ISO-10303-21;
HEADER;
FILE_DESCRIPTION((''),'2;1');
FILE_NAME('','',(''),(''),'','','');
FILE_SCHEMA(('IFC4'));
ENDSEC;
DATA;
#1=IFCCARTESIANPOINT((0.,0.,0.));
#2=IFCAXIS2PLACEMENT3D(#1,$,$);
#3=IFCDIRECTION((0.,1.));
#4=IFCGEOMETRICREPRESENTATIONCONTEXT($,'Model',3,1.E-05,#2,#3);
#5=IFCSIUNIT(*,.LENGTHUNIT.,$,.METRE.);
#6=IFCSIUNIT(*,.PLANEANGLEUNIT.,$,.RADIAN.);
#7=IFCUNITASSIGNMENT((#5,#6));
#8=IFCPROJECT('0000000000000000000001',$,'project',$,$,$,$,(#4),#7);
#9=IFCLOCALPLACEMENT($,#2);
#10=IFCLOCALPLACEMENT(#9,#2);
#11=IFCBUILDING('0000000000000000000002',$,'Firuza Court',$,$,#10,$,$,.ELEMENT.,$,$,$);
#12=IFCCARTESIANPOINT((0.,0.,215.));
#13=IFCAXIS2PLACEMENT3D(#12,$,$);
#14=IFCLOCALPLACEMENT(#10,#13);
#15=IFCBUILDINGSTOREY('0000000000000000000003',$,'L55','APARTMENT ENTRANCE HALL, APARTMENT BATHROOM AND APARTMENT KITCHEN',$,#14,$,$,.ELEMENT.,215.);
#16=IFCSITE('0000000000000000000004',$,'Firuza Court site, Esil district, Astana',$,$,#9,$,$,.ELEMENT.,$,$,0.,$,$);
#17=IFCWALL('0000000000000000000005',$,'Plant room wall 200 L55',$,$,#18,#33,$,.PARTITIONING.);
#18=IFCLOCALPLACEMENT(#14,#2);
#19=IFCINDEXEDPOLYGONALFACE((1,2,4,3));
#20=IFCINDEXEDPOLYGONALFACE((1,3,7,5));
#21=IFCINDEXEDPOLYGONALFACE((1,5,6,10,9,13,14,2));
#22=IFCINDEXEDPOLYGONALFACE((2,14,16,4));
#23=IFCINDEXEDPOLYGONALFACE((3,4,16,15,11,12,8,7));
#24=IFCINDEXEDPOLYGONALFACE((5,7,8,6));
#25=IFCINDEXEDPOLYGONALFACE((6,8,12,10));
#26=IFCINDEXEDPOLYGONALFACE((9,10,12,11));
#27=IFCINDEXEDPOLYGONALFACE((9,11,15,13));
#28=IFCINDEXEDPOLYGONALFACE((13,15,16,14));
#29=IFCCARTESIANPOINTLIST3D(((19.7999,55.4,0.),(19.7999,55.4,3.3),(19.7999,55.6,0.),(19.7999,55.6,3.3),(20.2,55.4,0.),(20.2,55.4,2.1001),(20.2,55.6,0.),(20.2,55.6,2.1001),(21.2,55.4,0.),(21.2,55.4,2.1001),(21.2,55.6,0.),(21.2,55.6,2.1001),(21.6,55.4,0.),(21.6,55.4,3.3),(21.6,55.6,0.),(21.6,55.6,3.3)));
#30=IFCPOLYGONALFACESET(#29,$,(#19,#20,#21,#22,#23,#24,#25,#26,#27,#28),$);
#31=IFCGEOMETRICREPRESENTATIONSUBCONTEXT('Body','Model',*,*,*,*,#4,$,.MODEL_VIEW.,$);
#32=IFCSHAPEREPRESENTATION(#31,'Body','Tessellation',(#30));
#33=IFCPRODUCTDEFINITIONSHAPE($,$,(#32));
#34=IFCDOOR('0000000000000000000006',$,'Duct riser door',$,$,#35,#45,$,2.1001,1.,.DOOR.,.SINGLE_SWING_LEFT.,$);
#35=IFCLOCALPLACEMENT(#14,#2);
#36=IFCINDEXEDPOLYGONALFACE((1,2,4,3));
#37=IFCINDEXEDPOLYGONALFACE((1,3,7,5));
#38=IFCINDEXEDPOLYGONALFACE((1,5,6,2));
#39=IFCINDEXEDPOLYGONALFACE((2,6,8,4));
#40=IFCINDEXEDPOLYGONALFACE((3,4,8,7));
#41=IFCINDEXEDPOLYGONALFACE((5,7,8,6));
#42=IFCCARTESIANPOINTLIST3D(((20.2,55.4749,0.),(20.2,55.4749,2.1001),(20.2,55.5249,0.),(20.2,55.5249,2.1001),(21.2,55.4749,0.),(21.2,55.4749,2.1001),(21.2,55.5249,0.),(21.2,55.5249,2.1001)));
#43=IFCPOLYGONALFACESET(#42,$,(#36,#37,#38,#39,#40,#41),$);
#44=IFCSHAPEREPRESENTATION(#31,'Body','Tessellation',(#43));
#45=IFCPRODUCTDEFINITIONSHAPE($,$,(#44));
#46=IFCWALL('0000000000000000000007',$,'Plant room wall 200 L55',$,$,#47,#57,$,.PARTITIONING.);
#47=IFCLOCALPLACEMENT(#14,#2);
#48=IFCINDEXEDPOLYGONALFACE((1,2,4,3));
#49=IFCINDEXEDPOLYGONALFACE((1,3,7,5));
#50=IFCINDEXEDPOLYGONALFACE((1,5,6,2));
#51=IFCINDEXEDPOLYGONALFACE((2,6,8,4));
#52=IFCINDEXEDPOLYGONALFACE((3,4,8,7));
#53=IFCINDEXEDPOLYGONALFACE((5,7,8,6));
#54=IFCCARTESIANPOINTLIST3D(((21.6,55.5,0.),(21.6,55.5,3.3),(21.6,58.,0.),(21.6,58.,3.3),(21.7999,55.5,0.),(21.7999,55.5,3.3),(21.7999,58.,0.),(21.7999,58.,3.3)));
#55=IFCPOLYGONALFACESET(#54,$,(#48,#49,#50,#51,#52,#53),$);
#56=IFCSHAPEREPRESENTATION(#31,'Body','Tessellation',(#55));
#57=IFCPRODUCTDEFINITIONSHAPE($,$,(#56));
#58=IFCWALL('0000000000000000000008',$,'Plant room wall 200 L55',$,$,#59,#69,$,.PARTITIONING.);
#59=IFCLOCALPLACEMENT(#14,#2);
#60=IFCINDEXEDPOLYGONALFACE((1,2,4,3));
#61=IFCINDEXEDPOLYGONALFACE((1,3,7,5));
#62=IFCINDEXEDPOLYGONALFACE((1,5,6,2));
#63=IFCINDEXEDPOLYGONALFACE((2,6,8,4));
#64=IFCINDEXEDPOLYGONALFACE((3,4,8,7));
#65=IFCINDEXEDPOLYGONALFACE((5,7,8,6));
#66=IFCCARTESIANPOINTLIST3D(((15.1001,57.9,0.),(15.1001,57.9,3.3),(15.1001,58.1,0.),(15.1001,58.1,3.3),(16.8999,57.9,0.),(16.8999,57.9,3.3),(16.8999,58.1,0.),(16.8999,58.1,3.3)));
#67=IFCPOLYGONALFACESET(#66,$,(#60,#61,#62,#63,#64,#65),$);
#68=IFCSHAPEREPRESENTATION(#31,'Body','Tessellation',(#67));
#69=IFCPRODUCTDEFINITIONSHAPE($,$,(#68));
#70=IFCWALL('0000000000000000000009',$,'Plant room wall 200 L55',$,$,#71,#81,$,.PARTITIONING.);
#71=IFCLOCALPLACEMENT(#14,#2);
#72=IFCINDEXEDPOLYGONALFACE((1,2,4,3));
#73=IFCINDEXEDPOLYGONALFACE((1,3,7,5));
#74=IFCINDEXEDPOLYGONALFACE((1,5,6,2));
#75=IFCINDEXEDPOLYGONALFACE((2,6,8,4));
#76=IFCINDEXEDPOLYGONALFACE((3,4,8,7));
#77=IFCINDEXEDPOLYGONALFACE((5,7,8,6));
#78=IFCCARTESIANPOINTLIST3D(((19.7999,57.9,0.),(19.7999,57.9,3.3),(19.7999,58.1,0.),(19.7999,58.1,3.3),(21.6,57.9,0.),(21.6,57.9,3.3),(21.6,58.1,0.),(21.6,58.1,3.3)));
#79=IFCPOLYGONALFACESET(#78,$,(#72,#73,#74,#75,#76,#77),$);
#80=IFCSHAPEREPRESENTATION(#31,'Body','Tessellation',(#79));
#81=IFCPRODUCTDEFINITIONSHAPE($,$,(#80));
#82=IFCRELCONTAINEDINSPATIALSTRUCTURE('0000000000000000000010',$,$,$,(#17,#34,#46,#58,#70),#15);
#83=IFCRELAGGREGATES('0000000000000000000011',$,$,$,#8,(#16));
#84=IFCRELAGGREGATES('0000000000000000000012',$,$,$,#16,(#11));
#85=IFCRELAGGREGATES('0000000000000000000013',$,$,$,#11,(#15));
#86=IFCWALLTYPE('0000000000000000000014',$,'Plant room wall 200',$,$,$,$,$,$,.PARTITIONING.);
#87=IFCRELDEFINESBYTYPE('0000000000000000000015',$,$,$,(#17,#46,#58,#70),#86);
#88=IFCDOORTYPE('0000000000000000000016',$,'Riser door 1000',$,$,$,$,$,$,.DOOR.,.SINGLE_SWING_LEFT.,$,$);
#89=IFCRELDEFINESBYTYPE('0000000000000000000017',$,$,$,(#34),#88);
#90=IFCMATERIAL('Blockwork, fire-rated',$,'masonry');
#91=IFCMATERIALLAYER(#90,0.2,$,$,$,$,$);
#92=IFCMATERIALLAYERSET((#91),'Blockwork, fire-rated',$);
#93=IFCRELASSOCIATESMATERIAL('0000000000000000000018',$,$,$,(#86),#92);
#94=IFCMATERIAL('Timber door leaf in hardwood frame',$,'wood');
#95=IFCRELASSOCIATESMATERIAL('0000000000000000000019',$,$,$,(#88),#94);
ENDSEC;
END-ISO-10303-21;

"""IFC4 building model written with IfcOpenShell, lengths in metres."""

from ifc_helpers import new_model, si_unit, direction, frame, frame_2d, origin, place, context, subcontext, project, spatial, rectangle, extrude, material, layer, layer_set, type_object, element, fill, save


model = new_model("IFC4")

# Units and contexts
model_context = context("Model", 3, precision=1e-05, world=origin(), true_north=direction((0.0, 1.0)))
body_context = subcontext(model_context, "Body", "Model", "MODEL_VIEW")
ifc_project = project(units=[si_unit("LENGTHUNIT", "METRE"), si_unit("PLANEANGLEUNIT", "RADIAN")], contexts=[model_context])

# Site, building, storey
site_placement = place(None, origin())
site = spatial("IfcSite", under=ifc_project, at=site_placement, Name="Firuza Court site, Esil district, Astana", CompositionType="ELEMENT", RefElevation=0.0)
building_placement = place(site_placement, origin())
building = spatial("IfcBuilding", under=site, at=building_placement, Name="Firuza Court", CompositionType="ELEMENT")
storey_placement = place(building_placement, frame((0.0, 0.0, 215.0)))
storey = spatial("IfcBuildingStorey", under=building, at=storey_placement, Name="L55", Description="APARTMENT ENTRANCE HALL, APARTMENT BATHROOM AND APARTMENT KITCHEN", CompositionType="ELEMENT", Elevation=215.0)

# Shared definitions
ifc_material_1 = material(Name="Blockwork, fire-rated", Category="masonry")
ifc_layer_1 = layer(ifc_material_1, 0.2)
ifc_layer_set_1 = layer_set([ifc_layer_1], Name="Blockwork, fire-rated")
wall_type_1 = type_object("IfcWallType", Name="Plant room wall 200", PredefinedType="PARTITIONING", material=ifc_layer_set_1)

# Wall, opening, door
wall_1_placement = place(storey_placement, frame((19.8, 55.5, 0.0), z_axis=(0.0, 0.0, 1.0), x_axis=(1.0, 0.0, 0.0)))
wall_1 = element("IfcWall", 1, at=wall_1_placement, inside=storey, type_object=wall_type_1, Name="Plant room wall 200 L55", PredefinedType="PARTITIONING", context=body_context, shape_type="SweptSolid", body=[
    extrude(rectangle(XDim=1.8, YDim=0.2, at=frame_2d((0.8999, 0.0))), origin(), (0.0, 0.0, 1.0), 3.3),
])
opening_placement = place(wall_1_placement, frame((0.3999, 0.0, 0.0)))
opening = element("IfcOpeningElement", 2, at=opening_placement, cuts=wall_1, PredefinedType="OPENING", context=body_context, shape_type="SweptSolid", body=[
    extrude(rectangle(XDim=1.0, YDim=2.1001, at=frame_2d((0.5, 1.05))), frame((0.0, 0.1118, 0.0), z_axis=(0.0, -1.0, 0.0), x_axis=(1.0, 0.0, 0.0)), (0.0, 0.0, 1.0), 0.2239),
])
ifc_material_2 = material(Name="Timber door leaf in hardwood frame", Category="wood")
door_type = type_object("IfcDoorType", Name="Riser door 1000", OperationType="SINGLE_SWING_LEFT", PredefinedType="DOOR", material=ifc_material_2)
door_placement = place(opening_placement, origin())
door = element("IfcDoor", 3, at=door_placement, inside=storey, type_object=door_type, Name="Duct riser door", OperationType="SINGLE_SWING_LEFT", OverallHeight=2.1001, OverallWidth=1.0, PredefinedType="DOOR", context=body_context, shape_type="SweptSolid", body=[
    extrude(rectangle(XDim=1.0, YDim=2.1001, at=frame_2d((0.5, 1.05))), frame((0.0, 0.0249, 0.0), z_axis=(0.0, -1.0, 0.0), x_axis=(1.0, 0.0, 0.0)), (0.0, 0.0, 1.0), 0.05),
])
fill(opening, door)

# Walls
wall_2_placement = place(storey_placement, frame((21.7, 55.5, 0.0), z_axis=(0.0, 0.0, 1.0), x_axis=(0.0, 1.0, 0.0)))
element("IfcWall", 4, at=wall_2_placement, inside=storey, type_object=wall_type_1, Name="Plant room wall 200 L55", PredefinedType="PARTITIONING", context=body_context, shape_type="SweptSolid", body=[
    extrude(rectangle(XDim=2.5, YDim=0.2, at=frame_2d((1.25, 0.0))), origin(), (0.0, 0.0, 1.0), 3.3),
])
wall_3_placement = place(storey_placement, frame((15.1001, 58.0, 0.0), z_axis=(0.0, 0.0, 1.0), x_axis=(1.0, 0.0, 0.0)))
element("IfcWall", 5, at=wall_3_placement, inside=storey, type_object=wall_type_1, Name="Plant room wall 200 L55", PredefinedType="PARTITIONING", context=body_context, shape_type="SweptSolid", body=[
    extrude(rectangle(XDim=1.7998, YDim=0.2, at=frame_2d((0.8999, 0.0))), origin(), (0.0, 0.0, 1.0), 3.3),
])
wall_4_placement = place(storey_placement, frame((19.8, 58.0, 0.0), z_axis=(0.0, 0.0, 1.0), x_axis=(1.0, 0.0, 0.0)))
element("IfcWall", 6, at=wall_4_placement, inside=storey, type_object=wall_type_1, Name="Plant room wall 200 L55", PredefinedType="PARTITIONING", context=body_context, shape_type="SweptSolid", body=[
    extrude(rectangle(XDim=1.8, YDim=0.2, at=frame_2d((0.8999, 0.0))), origin(), (0.0, 0.0, 1.0), 3.3),
])

save(model, "model.ifc")
